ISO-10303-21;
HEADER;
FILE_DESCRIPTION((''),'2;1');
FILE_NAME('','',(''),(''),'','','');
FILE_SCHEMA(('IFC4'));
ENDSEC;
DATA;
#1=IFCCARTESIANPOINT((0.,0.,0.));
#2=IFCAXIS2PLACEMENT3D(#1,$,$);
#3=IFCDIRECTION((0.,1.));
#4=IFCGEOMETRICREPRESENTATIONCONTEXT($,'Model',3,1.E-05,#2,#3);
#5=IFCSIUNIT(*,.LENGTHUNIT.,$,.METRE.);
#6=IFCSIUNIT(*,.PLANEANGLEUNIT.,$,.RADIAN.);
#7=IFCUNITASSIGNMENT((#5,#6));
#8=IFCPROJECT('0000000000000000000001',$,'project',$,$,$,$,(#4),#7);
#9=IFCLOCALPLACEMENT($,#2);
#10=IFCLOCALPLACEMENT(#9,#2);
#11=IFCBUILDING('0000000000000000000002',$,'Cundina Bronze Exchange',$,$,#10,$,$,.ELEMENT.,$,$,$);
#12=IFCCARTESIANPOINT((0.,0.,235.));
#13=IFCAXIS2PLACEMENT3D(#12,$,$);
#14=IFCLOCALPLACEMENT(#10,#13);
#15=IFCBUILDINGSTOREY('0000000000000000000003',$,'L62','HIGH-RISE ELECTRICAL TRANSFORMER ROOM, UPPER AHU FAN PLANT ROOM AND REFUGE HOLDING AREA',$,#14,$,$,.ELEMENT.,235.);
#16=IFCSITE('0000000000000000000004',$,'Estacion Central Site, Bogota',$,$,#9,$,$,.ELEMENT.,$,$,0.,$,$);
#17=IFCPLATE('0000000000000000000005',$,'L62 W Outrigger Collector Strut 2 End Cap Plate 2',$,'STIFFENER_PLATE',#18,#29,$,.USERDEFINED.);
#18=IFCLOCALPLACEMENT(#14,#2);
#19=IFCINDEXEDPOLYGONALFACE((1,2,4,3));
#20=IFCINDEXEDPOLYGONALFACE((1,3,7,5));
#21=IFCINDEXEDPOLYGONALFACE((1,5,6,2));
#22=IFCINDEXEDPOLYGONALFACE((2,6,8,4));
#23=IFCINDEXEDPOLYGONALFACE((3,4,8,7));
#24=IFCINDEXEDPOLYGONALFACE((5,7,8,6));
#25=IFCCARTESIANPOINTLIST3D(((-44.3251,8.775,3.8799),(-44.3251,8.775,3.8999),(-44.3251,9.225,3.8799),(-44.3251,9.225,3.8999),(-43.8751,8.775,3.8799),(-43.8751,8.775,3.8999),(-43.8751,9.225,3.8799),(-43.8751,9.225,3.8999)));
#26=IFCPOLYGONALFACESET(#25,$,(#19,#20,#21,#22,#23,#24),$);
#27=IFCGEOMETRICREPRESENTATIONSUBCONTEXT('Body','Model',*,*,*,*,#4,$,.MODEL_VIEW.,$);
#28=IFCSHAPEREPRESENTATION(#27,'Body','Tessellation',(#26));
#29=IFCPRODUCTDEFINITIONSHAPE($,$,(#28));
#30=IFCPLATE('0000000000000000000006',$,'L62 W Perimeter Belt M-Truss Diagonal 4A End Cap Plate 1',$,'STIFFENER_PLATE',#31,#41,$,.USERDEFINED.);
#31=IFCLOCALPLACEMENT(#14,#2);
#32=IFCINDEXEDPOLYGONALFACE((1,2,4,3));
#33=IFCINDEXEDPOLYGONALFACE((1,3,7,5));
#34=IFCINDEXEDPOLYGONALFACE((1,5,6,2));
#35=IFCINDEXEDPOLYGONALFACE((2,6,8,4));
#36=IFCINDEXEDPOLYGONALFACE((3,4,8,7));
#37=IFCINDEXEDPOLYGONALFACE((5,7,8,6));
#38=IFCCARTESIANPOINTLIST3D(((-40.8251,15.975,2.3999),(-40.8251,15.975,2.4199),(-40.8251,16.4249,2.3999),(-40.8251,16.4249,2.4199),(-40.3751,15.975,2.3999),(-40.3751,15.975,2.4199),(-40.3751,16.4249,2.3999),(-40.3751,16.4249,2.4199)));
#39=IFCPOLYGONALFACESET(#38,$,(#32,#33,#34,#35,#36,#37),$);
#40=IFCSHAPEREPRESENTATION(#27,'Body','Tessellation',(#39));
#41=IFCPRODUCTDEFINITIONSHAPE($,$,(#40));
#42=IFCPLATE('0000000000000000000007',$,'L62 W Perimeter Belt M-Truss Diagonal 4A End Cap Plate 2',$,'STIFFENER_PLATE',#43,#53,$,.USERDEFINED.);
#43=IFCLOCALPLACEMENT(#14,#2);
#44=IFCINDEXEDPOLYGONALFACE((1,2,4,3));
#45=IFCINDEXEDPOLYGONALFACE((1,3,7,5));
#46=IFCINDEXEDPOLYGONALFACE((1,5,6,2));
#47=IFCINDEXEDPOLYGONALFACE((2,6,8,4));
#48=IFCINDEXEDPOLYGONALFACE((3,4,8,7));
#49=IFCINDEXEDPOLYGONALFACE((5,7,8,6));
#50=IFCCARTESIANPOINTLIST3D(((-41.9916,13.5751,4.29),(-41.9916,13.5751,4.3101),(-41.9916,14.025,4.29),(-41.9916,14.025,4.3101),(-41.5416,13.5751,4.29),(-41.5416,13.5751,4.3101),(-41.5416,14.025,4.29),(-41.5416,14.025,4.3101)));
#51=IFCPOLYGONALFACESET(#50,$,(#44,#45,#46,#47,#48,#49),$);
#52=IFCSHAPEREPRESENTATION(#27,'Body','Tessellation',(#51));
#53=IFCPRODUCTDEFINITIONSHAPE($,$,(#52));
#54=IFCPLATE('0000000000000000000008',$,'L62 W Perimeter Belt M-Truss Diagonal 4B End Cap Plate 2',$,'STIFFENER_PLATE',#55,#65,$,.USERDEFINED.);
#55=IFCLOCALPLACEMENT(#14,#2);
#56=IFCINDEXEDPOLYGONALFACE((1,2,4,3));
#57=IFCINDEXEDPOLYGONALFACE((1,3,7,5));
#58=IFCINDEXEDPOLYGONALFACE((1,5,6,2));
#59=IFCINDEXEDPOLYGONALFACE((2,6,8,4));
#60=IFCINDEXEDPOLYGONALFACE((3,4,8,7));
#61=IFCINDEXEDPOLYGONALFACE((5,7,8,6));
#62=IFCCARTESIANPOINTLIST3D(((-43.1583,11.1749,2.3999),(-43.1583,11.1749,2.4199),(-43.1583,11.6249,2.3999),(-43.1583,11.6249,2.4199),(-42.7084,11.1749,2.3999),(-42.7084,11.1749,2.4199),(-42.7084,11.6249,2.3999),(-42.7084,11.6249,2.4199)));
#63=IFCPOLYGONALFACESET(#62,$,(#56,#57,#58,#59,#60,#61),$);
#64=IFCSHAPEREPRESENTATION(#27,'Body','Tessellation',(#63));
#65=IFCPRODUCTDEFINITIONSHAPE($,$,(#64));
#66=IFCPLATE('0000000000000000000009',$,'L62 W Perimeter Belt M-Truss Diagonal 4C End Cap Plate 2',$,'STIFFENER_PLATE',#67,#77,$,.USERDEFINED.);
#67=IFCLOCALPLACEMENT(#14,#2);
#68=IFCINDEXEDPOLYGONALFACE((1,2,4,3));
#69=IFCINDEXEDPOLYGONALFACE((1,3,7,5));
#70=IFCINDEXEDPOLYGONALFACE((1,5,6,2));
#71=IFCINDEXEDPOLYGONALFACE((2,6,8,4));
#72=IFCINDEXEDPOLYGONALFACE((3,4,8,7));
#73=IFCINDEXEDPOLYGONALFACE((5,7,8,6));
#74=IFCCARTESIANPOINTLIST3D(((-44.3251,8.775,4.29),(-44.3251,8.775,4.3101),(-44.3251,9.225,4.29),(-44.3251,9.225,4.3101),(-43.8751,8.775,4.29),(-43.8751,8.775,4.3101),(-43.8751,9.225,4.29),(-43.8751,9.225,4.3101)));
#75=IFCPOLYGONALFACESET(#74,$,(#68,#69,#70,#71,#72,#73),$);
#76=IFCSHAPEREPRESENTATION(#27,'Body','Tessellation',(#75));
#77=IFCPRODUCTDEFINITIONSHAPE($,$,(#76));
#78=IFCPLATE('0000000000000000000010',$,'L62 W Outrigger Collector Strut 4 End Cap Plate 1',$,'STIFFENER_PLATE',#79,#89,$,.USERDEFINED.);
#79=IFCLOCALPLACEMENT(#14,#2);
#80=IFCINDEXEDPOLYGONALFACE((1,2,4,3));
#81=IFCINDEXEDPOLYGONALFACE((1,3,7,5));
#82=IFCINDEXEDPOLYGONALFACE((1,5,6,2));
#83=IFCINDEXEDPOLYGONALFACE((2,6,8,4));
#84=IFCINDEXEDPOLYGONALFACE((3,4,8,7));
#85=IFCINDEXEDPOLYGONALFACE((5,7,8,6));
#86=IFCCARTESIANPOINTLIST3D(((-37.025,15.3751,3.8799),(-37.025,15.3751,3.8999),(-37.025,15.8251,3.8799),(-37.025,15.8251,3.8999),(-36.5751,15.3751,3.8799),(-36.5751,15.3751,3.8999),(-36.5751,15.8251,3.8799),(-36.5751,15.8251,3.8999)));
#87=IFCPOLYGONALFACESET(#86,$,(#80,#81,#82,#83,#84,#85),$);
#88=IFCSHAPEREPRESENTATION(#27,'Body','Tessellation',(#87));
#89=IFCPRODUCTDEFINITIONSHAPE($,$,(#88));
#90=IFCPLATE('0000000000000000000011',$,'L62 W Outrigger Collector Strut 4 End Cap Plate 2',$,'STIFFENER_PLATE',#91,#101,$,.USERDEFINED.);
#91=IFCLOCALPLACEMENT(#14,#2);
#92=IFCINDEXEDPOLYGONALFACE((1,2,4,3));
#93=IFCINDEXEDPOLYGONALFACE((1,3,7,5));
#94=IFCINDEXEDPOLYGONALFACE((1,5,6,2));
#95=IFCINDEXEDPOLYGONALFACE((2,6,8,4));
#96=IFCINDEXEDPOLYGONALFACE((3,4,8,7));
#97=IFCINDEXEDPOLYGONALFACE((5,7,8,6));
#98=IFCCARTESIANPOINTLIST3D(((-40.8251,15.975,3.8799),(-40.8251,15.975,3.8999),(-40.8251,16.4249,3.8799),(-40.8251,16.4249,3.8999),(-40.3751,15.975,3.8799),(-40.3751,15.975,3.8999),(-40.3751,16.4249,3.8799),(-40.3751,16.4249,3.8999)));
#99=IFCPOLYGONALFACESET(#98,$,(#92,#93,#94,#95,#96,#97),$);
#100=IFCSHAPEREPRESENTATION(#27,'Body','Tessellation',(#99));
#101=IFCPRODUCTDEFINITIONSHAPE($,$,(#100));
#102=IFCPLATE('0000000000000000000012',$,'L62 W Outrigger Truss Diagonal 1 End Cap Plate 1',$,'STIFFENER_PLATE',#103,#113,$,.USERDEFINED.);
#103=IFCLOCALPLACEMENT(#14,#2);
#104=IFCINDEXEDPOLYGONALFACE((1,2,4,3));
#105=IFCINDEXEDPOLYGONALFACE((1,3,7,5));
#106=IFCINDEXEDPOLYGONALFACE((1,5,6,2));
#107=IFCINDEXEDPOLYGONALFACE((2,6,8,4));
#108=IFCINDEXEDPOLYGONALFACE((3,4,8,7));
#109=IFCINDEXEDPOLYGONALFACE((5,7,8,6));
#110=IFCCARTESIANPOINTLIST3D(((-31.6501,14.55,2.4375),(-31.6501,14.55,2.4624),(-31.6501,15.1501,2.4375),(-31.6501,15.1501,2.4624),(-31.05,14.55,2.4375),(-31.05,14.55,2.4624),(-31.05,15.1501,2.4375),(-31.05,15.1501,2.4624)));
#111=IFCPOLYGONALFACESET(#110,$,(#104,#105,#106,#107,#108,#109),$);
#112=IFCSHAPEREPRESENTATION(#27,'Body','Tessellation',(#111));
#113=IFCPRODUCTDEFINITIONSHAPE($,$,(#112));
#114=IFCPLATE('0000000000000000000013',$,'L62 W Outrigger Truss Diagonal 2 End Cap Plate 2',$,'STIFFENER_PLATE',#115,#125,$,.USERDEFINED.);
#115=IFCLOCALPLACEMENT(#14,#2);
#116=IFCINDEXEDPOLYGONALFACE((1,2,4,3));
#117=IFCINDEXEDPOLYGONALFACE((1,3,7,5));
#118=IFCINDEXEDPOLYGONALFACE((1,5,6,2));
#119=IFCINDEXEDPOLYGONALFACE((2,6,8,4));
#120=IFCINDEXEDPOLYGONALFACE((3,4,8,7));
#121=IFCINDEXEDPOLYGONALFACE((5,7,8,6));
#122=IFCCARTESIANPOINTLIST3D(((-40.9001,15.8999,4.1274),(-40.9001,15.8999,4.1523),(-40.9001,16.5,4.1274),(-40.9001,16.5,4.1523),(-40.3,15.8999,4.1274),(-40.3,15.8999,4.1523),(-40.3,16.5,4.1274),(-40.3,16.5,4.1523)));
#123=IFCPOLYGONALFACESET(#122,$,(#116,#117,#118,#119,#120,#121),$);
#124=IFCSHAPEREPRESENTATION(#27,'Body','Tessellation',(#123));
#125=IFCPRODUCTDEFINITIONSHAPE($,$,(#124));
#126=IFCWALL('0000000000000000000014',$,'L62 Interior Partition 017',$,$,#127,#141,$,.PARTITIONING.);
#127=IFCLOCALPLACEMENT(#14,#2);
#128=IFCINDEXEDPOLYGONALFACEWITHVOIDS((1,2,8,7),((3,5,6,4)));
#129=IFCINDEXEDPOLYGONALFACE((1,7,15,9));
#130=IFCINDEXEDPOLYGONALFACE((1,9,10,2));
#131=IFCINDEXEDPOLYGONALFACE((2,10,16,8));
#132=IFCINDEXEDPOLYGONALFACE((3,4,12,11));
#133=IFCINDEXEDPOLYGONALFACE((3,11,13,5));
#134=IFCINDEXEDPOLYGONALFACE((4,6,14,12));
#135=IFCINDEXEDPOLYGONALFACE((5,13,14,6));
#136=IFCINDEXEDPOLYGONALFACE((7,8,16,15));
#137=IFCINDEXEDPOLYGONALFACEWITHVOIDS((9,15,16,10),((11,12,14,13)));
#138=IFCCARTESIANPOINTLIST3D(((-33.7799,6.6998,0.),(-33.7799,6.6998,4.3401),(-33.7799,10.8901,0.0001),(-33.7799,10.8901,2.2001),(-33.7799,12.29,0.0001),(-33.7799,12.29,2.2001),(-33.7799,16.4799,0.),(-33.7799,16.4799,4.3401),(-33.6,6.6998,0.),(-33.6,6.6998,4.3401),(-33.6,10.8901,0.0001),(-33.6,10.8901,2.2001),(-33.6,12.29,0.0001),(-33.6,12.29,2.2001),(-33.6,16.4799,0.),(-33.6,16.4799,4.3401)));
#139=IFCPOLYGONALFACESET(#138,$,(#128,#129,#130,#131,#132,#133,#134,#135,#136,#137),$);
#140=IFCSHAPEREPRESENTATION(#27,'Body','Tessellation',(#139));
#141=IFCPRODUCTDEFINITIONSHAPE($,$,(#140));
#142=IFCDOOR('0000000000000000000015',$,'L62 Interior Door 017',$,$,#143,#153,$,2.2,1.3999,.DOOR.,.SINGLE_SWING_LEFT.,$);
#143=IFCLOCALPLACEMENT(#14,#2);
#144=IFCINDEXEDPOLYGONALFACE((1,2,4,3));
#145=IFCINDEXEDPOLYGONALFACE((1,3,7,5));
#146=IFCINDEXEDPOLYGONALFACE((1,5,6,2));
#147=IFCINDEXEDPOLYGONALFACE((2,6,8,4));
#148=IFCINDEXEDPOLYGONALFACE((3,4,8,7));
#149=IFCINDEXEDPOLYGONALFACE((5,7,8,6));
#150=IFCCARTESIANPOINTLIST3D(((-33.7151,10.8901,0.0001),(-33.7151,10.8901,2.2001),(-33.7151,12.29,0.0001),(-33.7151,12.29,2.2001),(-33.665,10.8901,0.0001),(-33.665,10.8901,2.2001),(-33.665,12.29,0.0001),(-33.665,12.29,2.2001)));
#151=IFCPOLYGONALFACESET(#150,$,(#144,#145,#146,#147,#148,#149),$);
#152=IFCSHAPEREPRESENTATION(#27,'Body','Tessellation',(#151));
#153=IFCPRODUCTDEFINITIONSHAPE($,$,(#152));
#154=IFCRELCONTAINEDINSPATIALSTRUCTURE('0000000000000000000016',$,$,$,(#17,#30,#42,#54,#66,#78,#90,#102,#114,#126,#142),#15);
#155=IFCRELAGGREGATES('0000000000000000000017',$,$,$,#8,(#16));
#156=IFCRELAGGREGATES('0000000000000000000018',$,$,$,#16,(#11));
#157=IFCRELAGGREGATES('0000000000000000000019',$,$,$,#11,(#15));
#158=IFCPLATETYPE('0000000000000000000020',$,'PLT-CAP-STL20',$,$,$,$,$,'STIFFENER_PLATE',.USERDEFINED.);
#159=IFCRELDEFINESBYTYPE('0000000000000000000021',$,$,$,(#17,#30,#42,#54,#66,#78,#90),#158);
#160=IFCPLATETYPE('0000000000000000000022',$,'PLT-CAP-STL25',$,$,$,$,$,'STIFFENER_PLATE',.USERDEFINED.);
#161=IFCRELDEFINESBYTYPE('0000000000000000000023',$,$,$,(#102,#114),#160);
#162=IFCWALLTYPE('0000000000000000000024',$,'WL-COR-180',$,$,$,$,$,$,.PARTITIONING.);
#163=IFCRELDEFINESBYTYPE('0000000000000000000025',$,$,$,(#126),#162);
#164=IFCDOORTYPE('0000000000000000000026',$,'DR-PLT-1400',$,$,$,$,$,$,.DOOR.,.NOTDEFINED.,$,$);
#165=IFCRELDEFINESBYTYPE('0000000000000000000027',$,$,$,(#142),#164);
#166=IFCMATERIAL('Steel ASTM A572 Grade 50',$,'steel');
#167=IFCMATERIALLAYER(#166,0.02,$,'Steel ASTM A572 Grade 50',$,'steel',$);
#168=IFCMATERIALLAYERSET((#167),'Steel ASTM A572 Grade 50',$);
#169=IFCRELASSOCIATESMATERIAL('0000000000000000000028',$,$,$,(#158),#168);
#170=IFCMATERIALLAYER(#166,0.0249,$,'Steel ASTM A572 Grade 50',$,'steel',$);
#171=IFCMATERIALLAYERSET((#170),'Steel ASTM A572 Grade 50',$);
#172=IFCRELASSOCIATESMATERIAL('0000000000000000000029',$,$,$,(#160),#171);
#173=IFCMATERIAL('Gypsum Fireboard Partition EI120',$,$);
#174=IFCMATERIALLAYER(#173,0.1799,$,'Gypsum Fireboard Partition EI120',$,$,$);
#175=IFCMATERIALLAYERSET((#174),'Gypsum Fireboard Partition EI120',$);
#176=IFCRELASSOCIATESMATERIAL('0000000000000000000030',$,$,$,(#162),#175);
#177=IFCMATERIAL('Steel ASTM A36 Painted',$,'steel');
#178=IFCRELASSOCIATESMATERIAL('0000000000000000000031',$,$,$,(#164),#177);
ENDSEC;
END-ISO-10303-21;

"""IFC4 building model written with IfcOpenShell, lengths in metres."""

from ifc_helpers import new_model, si_unit, direction, frame, frame_2d, origin, origin_2d, place, context, subcontext, project, spatial, rectangle, extrude, material, layer, layer_set, type_object, element, fill, save


model = new_model("IFC4")

# Units and contexts
model_context = context("Model", 3, precision=1e-05, world=origin(), true_north=direction((0.0, 1.0)))
body_context = subcontext(model_context, "Body", "Model", "MODEL_VIEW")
ifc_project = project(units=[si_unit("LENGTHUNIT", "METRE"), si_unit("PLANEANGLEUNIT", "RADIAN")], contexts=[model_context])

# Site, building, storey
site_placement = place(None, origin())
site = spatial("IfcSite", under=ifc_project, at=site_placement, Name="Estacion Central Site, Bogota", CompositionType="ELEMENT", RefElevation=0.0)
building_placement = place(site_placement, origin())
building = spatial("IfcBuilding", under=site, at=building_placement, Name="Cundina Bronze Exchange", CompositionType="ELEMENT")
storey_placement = place(building_placement, frame((0.0, 0.0, 235.0)))
storey = spatial("IfcBuildingStorey", under=building, at=storey_placement, Name="L62", Description="HIGH-RISE ELECTRICAL TRANSFORMER ROOM, UPPER AHU FAN PLANT ROOM AND REFUGE HOLDING AREA", CompositionType="ELEMENT", Elevation=235.0)

# Plates
ifc_material_1 = material(Name="Steel ASTM A572 Grade 50", Category="steel")
ifc_layer_1 = layer(ifc_material_1, 0.02, Name="Steel ASTM A572 Grade 50", Category="steel")
ifc_layer_set_1 = layer_set([ifc_layer_1], Name="Steel ASTM A572 Grade 50")
plate_type_1 = type_object("IfcPlateType", Name="PLT-CAP-STL20", ElementType="STIFFENER_PLATE", PredefinedType="USERDEFINED", material=ifc_layer_set_1)
for number, where, z_axis, x_axis, name in (
    (1, (-44.1001, 9.0, 3.8799), (0.0, 0.0, 1.0), (1.0, 0.0, 0.0), "L62 W Outrigger Collector Strut 2 End Cap Plate 2"),
    (2, (-40.6001, 16.2, 2.3999), (0.0, 0.0, 1.0), (1.0, 0.0, 0.0), "L62 W Perimeter Belt M-Truss Diagonal 4A End Cap Plate 1"),
    (3, (-41.7666, 13.8, 4.29), (0.0, 0.0, 1.0), (1.0, 0.0, 0.0), "L62 W Perimeter Belt M-Truss Diagonal 4A End Cap Plate 2"),
    (4, (-42.9333, 11.3999, 2.3999), (0.0, 0.0, 1.0), (1.0, 0.0, 0.0), "L62 W Perimeter Belt M-Truss Diagonal 4B End Cap Plate 2"),
    (5, (-44.1001, 9.0, 4.29), (0.0, 0.0, 1.0), (1.0, 0.0, 0.0), "L62 W Perimeter Belt M-Truss Diagonal 4C End Cap Plate 2"),
    (6, (-36.8, 15.6001, 3.8799), (0.0, 0.0, 1.0), (1.0, 0.0, 0.0), "L62 W Outrigger Collector Strut 4 End Cap Plate 1"),
    (7, (-40.6001, 16.2, 3.8799), (0.0, 0.0, 1.0), (1.0, 0.0, 0.0), "L62 W Outrigger Collector Strut 4 End Cap Plate 2"),
):
    element("IfcPlate", number, at=place(storey_placement, frame(where, z_axis=z_axis, x_axis=x_axis)), inside=storey, type_object=plate_type_1, Name=name, ObjectType="STIFFENER_PLATE", PredefinedType="USERDEFINED", context=body_context, shape_type="SweptSolid", body=[
        extrude(rectangle(XDim=0.45, YDim=0.45, at=origin_2d()), origin(), (0.0, 0.0, 1.0), 0.02),
    ])
ifc_layer_2 = layer(ifc_material_1, 0.0249, Name="Steel ASTM A572 Grade 50", Category="steel")
ifc_layer_set_2 = layer_set([ifc_layer_2], Name="Steel ASTM A572 Grade 50")
plate_type_2 = type_object("IfcPlateType", Name="PLT-CAP-STL25", ElementType="STIFFENER_PLATE", PredefinedType="USERDEFINED", material=ifc_layer_set_2)
for number, where, z_axis, x_axis, name in (
    (8, (-31.3501, 14.8501, 2.4375), (0.0, 0.0, 1.0), (1.0, 0.0, 0.0), "L62 W Outrigger Truss Diagonal 1 End Cap Plate 1"),
    (9, (-40.6001, 16.2, 4.1274), (0.0, 0.0, 1.0), (1.0, 0.0, 0.0), "L62 W Outrigger Truss Diagonal 2 End Cap Plate 2"),
):
    element("IfcPlate", number, at=place(storey_placement, frame(where, z_axis=z_axis, x_axis=x_axis)), inside=storey, type_object=plate_type_2, Name=name, ObjectType="STIFFENER_PLATE", PredefinedType="USERDEFINED", context=body_context, shape_type="SweptSolid", body=[
        extrude(rectangle(XDim=0.6001, YDim=0.6001, at=origin_2d()), origin(), (0.0, 0.0, 1.0), 0.0249),
    ])

# Wall, opening, door
ifc_material_2 = material(Name="Gypsum Fireboard Partition EI120")
ifc_layer_3 = layer(ifc_material_2, 0.1799, Name="Gypsum Fireboard Partition EI120")
ifc_layer_set_3 = layer_set([ifc_layer_3], Name="Gypsum Fireboard Partition EI120")
wall_type = type_object("IfcWallType", Name="WL-COR-180", PredefinedType="PARTITIONING", material=ifc_layer_set_3)
wall_placement = place(storey_placement, frame((-33.6899, 16.48, 0.0), z_axis=(0.0, 0.0, 1.0), x_axis=(0.0, -1.0, 0.0)))
wall = element("IfcWall", 10, at=wall_placement, inside=storey, type_object=wall_type, Name="L62 Interior Partition 017", PredefinedType="PARTITIONING", context=body_context, shape_type="SweptSolid", body=[
    extrude(rectangle(XDim=9.78, YDim=0.1799, at=frame_2d((4.8901, 0.0))), origin(), (0.0, 0.0, 1.0), 4.3401),
])
opening_placement = place(wall_placement, frame((4.1899, 0.0, 0.0)))
opening = element("IfcOpeningElement", 11, at=opening_placement, cuts=wall, PredefinedType="OPENING", context=body_context, shape_type="SweptSolid", body=[
    extrude(rectangle(XDim=1.3999, YDim=2.2, at=frame_2d((0.7, 1.1001))), frame((0.0, 0.0999, 0.0), z_axis=(0.0, -1.0, 0.0), x_axis=(1.0, 0.0, 0.0)), (0.0, 0.0, 1.0), 0.2),
])
ifc_material_3 = material(Name="Steel ASTM A36 Painted", Category="steel")
door_type = type_object("IfcDoorType", Name="DR-PLT-1400", OperationType="NOTDEFINED", PredefinedType="DOOR", material=ifc_material_3)
door_placement = place(opening_placement, origin())
door = element("IfcDoor", 12, at=door_placement, inside=storey, type_object=door_type, Name="L62 Interior Door 017", OperationType="SINGLE_SWING_LEFT", OverallHeight=2.2, OverallWidth=1.3999, PredefinedType="DOOR", context=body_context, shape_type="SweptSolid", body=[
    extrude(rectangle(XDim=1.3999, YDim=2.2, at=frame_2d((0.7, 1.1001))), frame((0.0, 0.0249, 0.0), z_axis=(0.0, -1.0, 0.0), x_axis=(1.0, 0.0, 0.0)), (0.0, 0.0, 1.0), 0.05),
])
fill(opening, door)

save(model, "model.ifc")
